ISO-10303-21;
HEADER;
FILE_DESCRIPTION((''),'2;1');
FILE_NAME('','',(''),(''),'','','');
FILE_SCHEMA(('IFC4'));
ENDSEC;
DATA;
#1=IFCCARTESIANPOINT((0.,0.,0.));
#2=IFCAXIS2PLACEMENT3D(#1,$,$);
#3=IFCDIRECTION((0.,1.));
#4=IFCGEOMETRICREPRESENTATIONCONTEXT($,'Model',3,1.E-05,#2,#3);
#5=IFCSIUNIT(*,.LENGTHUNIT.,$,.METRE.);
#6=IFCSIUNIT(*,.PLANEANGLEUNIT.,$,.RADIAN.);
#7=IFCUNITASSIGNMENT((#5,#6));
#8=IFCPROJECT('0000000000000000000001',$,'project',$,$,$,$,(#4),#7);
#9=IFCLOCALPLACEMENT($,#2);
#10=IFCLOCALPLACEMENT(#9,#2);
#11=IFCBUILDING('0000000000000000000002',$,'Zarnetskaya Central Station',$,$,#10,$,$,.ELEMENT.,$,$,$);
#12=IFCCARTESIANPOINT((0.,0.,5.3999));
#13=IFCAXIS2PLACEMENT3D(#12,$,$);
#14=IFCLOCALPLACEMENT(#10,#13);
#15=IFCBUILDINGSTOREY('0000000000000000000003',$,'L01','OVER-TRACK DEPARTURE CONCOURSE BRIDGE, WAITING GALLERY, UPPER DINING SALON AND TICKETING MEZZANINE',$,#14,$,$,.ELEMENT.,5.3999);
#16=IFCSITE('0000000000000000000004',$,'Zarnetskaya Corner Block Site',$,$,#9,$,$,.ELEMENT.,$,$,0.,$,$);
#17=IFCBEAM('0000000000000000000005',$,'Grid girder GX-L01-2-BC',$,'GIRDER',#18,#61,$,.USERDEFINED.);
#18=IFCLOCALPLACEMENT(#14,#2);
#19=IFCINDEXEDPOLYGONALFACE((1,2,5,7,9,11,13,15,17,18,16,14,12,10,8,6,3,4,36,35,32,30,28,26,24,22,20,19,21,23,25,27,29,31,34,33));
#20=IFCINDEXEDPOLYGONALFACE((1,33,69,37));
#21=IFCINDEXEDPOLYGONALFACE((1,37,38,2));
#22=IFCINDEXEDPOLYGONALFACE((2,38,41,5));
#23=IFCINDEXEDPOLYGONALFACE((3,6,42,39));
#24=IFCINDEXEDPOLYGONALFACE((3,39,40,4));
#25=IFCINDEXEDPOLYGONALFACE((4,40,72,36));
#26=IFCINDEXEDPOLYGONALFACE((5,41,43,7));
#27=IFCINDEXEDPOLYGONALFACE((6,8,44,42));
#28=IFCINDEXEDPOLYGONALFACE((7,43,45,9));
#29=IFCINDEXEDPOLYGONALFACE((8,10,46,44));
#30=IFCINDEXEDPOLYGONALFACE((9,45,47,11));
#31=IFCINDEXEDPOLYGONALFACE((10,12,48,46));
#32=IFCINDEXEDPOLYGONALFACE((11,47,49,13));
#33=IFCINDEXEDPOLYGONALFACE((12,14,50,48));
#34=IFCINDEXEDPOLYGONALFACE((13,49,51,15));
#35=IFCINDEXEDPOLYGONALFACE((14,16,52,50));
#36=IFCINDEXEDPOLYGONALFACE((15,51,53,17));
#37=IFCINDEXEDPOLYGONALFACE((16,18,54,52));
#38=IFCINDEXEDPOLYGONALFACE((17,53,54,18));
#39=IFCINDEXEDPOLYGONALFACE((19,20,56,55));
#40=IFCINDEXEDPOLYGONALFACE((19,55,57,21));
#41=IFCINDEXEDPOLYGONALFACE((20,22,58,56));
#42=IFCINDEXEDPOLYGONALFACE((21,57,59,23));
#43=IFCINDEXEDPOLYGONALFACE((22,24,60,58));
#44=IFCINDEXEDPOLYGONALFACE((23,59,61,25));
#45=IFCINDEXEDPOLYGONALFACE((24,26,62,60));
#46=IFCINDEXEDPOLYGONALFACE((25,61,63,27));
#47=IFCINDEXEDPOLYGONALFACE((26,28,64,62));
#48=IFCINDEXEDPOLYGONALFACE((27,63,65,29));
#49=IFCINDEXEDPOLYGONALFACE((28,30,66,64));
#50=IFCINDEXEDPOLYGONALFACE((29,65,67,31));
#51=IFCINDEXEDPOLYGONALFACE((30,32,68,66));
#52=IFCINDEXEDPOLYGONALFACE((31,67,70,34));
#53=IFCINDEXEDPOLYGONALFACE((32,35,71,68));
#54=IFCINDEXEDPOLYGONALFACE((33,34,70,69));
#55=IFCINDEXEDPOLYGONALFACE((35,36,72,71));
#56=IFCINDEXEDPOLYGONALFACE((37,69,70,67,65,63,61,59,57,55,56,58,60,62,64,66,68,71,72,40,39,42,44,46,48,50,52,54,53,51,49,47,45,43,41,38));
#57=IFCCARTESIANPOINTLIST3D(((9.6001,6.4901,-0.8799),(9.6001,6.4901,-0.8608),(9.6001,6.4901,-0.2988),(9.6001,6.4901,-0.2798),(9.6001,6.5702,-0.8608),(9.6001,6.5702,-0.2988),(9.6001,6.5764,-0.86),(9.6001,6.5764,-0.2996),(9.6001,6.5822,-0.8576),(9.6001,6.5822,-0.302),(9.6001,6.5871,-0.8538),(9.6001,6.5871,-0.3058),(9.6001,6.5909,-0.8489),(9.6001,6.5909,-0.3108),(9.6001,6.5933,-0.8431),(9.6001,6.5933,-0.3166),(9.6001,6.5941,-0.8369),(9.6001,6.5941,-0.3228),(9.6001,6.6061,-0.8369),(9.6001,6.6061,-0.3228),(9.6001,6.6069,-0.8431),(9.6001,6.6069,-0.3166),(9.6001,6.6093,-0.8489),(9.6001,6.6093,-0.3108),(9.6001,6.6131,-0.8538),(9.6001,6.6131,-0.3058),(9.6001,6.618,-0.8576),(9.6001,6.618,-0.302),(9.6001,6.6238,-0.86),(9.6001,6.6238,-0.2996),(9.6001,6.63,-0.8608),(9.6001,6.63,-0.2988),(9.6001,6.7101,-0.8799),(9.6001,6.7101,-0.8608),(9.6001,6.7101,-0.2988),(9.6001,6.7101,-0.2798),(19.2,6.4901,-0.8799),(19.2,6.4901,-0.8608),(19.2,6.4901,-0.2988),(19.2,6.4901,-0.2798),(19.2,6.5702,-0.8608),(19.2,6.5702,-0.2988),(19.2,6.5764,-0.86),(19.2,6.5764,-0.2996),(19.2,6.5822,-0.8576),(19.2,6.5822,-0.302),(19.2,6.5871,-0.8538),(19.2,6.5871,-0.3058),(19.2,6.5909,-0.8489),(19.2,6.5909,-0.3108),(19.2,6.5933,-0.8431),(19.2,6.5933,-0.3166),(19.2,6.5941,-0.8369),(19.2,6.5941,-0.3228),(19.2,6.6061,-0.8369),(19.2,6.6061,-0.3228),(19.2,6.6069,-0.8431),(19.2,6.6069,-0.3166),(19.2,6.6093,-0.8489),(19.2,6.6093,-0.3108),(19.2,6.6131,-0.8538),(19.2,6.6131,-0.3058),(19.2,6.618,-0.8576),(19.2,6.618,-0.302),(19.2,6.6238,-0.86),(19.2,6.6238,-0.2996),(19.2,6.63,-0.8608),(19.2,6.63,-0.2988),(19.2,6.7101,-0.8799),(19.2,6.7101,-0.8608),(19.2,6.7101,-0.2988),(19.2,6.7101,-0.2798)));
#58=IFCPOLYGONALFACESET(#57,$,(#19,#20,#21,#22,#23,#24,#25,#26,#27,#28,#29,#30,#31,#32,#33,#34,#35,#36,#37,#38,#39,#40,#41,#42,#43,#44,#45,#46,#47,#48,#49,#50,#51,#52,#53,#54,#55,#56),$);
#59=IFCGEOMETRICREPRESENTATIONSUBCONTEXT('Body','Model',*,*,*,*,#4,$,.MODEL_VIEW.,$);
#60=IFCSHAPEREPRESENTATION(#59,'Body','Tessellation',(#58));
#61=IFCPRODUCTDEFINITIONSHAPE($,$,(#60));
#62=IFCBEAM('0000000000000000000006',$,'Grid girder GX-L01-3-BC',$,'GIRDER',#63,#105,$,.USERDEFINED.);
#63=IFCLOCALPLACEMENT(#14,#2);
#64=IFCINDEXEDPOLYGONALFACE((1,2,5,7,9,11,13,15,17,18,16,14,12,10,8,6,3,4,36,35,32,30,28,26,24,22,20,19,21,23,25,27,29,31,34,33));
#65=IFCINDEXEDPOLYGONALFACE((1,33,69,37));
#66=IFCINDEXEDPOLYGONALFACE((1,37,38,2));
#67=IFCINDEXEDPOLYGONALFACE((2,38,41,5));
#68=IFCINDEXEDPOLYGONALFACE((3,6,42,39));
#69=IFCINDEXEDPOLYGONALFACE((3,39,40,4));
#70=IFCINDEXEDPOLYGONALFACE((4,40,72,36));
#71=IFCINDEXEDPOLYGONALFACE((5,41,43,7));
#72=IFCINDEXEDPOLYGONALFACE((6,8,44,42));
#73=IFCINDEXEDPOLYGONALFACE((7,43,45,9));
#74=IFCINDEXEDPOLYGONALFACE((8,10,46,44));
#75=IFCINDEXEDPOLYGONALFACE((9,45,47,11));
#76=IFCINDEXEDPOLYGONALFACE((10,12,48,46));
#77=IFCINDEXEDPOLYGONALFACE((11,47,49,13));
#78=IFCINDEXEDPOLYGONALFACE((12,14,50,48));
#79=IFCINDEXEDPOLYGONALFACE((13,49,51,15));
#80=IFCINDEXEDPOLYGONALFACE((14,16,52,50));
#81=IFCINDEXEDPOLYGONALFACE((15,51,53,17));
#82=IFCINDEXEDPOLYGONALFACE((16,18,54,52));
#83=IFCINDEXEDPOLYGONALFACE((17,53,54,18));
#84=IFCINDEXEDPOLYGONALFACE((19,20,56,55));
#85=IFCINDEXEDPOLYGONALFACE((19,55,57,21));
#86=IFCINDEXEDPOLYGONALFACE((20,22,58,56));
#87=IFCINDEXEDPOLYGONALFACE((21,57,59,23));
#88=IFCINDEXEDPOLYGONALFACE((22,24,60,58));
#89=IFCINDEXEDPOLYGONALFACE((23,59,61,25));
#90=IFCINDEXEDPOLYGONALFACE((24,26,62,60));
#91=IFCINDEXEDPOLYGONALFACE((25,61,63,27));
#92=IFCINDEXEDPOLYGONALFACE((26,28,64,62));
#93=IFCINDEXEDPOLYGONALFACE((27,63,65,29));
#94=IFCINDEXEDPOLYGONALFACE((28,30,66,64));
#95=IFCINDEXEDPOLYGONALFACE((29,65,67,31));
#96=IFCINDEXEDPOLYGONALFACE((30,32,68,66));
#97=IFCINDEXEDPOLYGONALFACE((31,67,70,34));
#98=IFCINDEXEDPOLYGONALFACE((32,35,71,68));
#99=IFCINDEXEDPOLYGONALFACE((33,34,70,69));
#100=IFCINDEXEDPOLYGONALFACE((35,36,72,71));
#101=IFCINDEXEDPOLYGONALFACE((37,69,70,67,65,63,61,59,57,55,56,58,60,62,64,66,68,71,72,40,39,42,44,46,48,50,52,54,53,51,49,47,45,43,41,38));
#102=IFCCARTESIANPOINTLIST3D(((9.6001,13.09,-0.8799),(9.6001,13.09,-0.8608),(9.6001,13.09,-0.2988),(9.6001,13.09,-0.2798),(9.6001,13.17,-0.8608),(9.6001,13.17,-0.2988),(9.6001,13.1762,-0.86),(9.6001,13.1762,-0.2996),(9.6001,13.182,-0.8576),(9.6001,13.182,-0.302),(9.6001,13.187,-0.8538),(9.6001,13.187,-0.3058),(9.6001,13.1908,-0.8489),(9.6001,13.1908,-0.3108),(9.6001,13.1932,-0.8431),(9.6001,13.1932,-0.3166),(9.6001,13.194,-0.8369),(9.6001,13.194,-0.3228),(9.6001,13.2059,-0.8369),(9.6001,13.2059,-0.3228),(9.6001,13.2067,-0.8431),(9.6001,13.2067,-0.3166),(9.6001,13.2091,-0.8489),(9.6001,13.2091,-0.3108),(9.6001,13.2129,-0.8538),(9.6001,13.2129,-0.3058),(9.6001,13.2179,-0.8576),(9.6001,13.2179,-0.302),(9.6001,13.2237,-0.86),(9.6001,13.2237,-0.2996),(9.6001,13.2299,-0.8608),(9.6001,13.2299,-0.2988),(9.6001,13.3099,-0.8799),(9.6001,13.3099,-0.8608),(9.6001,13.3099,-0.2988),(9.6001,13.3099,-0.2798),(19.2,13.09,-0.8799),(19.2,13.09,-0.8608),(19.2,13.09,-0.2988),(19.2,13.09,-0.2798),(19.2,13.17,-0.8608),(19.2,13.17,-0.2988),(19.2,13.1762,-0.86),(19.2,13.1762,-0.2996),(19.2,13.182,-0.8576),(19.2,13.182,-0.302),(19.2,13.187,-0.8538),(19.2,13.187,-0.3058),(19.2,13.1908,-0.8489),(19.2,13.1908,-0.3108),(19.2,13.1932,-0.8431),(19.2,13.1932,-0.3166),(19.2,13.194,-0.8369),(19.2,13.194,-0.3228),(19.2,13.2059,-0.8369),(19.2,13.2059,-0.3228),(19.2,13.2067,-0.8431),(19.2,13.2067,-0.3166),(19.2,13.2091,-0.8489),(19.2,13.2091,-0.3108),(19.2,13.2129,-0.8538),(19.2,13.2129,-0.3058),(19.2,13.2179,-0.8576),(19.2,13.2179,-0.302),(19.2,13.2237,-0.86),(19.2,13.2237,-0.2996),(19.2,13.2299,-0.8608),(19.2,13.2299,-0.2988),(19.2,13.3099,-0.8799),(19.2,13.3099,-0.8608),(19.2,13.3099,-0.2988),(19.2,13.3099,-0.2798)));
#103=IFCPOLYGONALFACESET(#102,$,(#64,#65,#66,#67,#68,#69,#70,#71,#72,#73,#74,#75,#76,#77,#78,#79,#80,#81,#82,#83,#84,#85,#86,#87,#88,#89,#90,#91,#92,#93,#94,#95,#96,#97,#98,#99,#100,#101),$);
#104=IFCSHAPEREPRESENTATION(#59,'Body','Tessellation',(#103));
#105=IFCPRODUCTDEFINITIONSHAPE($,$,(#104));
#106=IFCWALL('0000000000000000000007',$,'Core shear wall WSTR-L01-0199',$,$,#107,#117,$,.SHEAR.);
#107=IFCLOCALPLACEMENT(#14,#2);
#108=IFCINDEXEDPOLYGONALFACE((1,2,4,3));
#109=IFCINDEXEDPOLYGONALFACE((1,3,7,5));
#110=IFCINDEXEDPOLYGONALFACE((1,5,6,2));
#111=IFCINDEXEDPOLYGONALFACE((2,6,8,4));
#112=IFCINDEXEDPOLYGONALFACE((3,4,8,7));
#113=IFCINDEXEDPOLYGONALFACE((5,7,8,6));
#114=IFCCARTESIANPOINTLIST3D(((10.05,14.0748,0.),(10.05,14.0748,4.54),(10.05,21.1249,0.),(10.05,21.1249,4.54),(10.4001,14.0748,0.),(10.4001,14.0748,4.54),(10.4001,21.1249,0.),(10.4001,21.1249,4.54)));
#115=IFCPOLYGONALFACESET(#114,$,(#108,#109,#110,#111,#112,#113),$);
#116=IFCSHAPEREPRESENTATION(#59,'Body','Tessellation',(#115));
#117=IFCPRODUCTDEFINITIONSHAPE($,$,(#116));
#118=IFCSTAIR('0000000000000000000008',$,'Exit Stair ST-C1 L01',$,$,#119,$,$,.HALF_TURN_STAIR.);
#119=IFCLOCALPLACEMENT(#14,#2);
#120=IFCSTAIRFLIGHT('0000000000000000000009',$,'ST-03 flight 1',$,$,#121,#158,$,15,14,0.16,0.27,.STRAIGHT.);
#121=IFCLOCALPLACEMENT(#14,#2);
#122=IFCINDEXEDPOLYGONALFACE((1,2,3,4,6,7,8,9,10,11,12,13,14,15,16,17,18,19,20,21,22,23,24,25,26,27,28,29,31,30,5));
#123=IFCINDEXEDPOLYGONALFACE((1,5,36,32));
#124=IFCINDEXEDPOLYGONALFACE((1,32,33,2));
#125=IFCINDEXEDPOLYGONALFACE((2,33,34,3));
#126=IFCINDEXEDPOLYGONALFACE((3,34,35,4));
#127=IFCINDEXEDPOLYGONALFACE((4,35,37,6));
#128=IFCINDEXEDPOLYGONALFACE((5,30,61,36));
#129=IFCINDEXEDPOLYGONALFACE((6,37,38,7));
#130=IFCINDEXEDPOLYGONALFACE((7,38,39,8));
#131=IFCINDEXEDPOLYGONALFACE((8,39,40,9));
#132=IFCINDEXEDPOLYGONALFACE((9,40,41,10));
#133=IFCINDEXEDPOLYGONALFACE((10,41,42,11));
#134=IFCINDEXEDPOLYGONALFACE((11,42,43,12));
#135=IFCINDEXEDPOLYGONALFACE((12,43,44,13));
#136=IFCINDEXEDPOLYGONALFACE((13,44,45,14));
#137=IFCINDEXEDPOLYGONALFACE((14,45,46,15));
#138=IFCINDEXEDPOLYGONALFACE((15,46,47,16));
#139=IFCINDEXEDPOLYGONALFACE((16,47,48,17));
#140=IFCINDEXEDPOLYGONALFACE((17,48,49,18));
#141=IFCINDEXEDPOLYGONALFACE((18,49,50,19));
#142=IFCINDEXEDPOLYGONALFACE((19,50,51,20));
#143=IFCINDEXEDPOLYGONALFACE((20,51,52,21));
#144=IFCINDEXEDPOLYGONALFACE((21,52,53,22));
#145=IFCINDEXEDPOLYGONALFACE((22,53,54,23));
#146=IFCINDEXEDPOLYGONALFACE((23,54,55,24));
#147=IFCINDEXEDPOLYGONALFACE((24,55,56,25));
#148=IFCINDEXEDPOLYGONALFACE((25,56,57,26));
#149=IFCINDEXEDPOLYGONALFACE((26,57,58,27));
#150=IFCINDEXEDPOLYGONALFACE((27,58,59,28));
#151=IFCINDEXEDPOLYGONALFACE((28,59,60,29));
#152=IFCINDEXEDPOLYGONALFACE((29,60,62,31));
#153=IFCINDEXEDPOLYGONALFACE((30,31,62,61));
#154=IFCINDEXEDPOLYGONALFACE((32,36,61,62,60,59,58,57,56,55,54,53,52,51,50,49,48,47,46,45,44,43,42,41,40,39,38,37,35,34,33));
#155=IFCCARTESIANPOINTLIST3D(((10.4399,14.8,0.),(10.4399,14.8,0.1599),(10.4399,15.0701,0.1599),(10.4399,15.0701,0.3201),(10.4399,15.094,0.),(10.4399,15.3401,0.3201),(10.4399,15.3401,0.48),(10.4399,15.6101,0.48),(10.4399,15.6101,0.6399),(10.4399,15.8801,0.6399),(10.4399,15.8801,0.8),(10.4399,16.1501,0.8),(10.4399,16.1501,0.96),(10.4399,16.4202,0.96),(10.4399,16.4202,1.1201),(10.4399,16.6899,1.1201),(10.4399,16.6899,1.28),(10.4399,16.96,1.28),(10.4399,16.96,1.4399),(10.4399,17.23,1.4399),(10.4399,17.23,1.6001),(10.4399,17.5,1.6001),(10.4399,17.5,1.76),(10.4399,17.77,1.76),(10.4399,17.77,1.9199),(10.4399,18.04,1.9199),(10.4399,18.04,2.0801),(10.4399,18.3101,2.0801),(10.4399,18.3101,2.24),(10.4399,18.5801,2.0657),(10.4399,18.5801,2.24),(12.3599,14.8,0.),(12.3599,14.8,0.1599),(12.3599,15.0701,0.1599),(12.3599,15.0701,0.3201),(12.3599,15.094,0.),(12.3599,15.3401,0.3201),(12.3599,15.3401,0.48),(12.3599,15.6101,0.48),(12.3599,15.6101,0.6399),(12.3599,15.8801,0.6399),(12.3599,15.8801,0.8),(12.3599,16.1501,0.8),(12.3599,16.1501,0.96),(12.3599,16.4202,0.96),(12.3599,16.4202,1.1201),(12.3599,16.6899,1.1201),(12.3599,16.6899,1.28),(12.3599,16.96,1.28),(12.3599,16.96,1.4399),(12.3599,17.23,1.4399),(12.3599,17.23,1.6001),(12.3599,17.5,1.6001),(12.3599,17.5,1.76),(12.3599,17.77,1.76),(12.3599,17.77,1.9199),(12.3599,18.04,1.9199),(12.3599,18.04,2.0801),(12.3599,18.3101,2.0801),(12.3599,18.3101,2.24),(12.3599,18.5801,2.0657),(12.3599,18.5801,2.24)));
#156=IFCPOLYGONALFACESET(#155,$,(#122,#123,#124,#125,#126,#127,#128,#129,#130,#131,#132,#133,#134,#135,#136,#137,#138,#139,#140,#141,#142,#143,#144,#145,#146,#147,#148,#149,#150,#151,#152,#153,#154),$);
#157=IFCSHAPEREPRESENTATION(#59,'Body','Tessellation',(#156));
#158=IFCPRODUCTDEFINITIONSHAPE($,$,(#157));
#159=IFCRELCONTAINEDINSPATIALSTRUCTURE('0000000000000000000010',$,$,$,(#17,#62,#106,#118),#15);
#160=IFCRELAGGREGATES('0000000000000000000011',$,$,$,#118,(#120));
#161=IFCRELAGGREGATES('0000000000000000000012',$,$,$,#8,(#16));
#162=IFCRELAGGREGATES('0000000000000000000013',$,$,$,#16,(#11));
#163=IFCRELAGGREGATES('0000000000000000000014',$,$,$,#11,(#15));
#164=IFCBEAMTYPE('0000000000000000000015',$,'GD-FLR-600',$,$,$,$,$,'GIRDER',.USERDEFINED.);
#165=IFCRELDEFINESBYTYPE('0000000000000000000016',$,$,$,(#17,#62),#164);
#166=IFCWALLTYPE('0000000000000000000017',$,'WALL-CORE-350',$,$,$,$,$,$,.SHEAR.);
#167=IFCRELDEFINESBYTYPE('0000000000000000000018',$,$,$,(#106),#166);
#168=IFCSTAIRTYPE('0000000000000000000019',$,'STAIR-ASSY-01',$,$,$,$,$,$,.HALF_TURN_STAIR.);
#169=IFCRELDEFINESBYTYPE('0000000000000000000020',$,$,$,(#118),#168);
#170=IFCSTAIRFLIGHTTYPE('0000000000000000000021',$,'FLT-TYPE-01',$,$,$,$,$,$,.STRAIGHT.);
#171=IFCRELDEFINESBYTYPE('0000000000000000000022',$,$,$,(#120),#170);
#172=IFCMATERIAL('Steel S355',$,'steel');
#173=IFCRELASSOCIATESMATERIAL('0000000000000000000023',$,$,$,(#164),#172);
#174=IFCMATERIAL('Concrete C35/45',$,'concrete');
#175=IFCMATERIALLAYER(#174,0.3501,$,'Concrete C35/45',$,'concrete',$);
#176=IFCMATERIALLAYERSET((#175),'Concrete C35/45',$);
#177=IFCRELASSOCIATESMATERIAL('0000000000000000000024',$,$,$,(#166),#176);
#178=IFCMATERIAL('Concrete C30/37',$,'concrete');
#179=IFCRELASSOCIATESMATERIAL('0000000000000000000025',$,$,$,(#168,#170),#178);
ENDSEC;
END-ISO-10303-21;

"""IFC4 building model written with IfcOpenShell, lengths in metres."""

from ifc_helpers import new_model, si_unit, direction, frame, frame_2d, origin, origin_2d, place, context, subcontext, project, spatial, polyline, rectangle, i_section, outline, extrude, material, layer, layer_set, material_profile, profile_set, type_object, element, aggregate, save


model = new_model("IFC4")

# Units and contexts
model_context = context("Model", 3, precision=1e-05, world=origin(), true_north=direction((0.0, 1.0)))
body_context = subcontext(model_context, "Body", "Model", "MODEL_VIEW")
ifc_project = project(units=[si_unit("LENGTHUNIT", "METRE"), si_unit("PLANEANGLEUNIT", "RADIAN")], contexts=[model_context])

# Site, building, storey
site_placement = place(None, origin())
site = spatial("IfcSite", under=ifc_project, at=site_placement, Name="Zarnetskaya Corner Block Site", CompositionType="ELEMENT", RefElevation=0.0)
building_placement = place(site_placement, origin())
building = spatial("IfcBuilding", under=site, at=building_placement, Name="Zarnetskaya Central Station", CompositionType="ELEMENT")
storey_placement = place(building_placement, frame((0.0, 0.0, 5.3999)))
storey = spatial("IfcBuildingStorey", under=building, at=storey_placement, Name="L01", Description="OVER-TRACK DEPARTURE CONCOURSE BRIDGE, WAITING GALLERY, UPPER DINING SALON AND TICKETING MEZZANINE", CompositionType="ELEMENT", Elevation=5.3999)

# Shared definitions
ifc_material_1 = material(Name="Steel S355", Category="steel")

# Beams
ifc_material_profile_1 = material_profile(ifc_material_1, i_section(OverallWidth=0.22, OverallDepth=0.6001, WebThickness=0.012, FlangeThickness=0.019, FilletRadius=0.0239, at=origin_2d()), Name="IPE 600")
ifc_profile_set_1 = profile_set([ifc_material_profile_1], Name="Steel S355")
beam_type_1 = type_object("IfcBeamType", Name="GD-FLR-600", ElementType="GIRDER", PredefinedType="USERDEFINED", material=ifc_profile_set_1)
for number, where, z_axis, x_axis, name in (
    (1, (9.6001, 6.6001, -0.5798), (1.0, 0.0, 0.0), (0.0, 1.0, 0.0), "Grid girder GX-L01-2-BC"),
    (2, (9.6001, 13.2, -0.5798), (1.0, 0.0, 0.0), (0.0, 1.0, 0.0), "Grid girder GX-L01-3-BC"),
):
    element("IfcBeam", number, at=place(storey_placement, frame(where, z_axis=z_axis, x_axis=x_axis)), inside=storey, type_object=beam_type_1, Name=name, ObjectType="GIRDER", PredefinedType="USERDEFINED", context=body_context, shape_type="SweptSolid", body=[
        extrude(i_section(OverallWidth=0.22, OverallDepth=0.6001, WebThickness=0.012, FlangeThickness=0.019, FilletRadius=0.0239, at=origin_2d()), origin(), (0.0, 0.0, 1.0), 9.5999),
    ])

# Shared definitions
ifc_material_2 = material(Name="Concrete C35/45", Category="concrete")
ifc_layer = layer(ifc_material_2, 0.3501, Name="Concrete C35/45", Category="concrete")
ifc_layer_set = layer_set([ifc_layer], Name="Concrete C35/45")
wall_type = type_object("IfcWallType", Name="WALL-CORE-350", PredefinedType="SHEAR", material=ifc_layer_set)

# Wall
wall_1_placement = place(storey_placement, frame((10.2251, 14.075, 0.0), z_axis=(0.0, 0.0, 1.0), x_axis=(0.0, 1.0, 0.0)))
element("IfcWall", 3, at=wall_1_placement, inside=storey, type_object=wall_type, Name="Core shear wall WSTR-L01-0199", PredefinedType="SHEAR", context=body_context, shape_type="SweptSolid", body=[
    extrude(rectangle(XDim=7.05, YDim=0.3501, at=frame_2d((3.5249, 0.0))), origin(), (0.0, 0.0, 1.0), 4.54),
])

# Stair, stair flight
ifc_material_3 = material(Name="Concrete C30/37", Category="concrete")
stair_type = type_object("IfcStairType", Name="STAIR-ASSY-01", PredefinedType="HALF_TURN_STAIR", material=ifc_material_3)
stair_placement = place(storey_placement, origin())
stair = element("IfcStair", 4, at=stair_placement, inside=storey, type_object=stair_type, Name="Exit Stair ST-C1 L01", PredefinedType="HALF_TURN_STAIR")
stair_flight_type = type_object("IfcStairFlightType", Name="FLT-TYPE-01", PredefinedType="STRAIGHT", material=ifc_material_3)
stair_flight_1_placement = place(storey_placement, frame((11.3999, 14.8, 0.0), z_axis=(0.0, 0.0, 1.0), x_axis=(0.0, 1.0, 0.0)))
stair_flight_1 = element("IfcStairFlight", 5, at=stair_flight_1_placement, type_object=stair_flight_type, Name="ST-03 flight 1", NumberOfRisers=15, NumberOfTreads=14, PredefinedType="STRAIGHT", RiserHeight=0.16, TreadLength=0.27, context=body_context, shape_type="SweptSolid", body=[
    extrude(outline(polyline([(0.0, 0.0), (0.0, 0.1599), (0.27, 0.1599), (0.27, 0.3201), (0.54, 0.3201), (0.54, 0.48), (0.8101, 0.48), (0.8101, 0.6399), (1.0801, 0.6399), (1.0801, 0.8), (1.3501, 0.8), (1.3501, 0.96), (1.6201, 0.96), (1.6201, 1.1201), (1.8899, 1.1201), (1.8899, 1.28), (2.1599, 1.28), (2.1599, 1.4399), (2.4299, 1.4399), (2.4299, 1.6001), (2.7, 1.6001), (2.7, 1.76), (2.97, 1.76), (2.97, 1.9199), (3.24, 1.9199), (3.24, 2.0801), (3.51, 2.0801), (3.51, 2.24), (3.78, 2.24), (3.78, 2.3999), (3.78, 2.0657), (0.2939, 0.0), (0.0, 0.0)])), frame((0.0, 0.96, 0.0), z_axis=(0.0, -1.0, 0.0), x_axis=(1.0, 0.0, 0.0)), (0.0, 0.0, 1.0), 1.9199),
])
aggregate(stair, [stair_flight_1])

save(model, "model.ifc")
